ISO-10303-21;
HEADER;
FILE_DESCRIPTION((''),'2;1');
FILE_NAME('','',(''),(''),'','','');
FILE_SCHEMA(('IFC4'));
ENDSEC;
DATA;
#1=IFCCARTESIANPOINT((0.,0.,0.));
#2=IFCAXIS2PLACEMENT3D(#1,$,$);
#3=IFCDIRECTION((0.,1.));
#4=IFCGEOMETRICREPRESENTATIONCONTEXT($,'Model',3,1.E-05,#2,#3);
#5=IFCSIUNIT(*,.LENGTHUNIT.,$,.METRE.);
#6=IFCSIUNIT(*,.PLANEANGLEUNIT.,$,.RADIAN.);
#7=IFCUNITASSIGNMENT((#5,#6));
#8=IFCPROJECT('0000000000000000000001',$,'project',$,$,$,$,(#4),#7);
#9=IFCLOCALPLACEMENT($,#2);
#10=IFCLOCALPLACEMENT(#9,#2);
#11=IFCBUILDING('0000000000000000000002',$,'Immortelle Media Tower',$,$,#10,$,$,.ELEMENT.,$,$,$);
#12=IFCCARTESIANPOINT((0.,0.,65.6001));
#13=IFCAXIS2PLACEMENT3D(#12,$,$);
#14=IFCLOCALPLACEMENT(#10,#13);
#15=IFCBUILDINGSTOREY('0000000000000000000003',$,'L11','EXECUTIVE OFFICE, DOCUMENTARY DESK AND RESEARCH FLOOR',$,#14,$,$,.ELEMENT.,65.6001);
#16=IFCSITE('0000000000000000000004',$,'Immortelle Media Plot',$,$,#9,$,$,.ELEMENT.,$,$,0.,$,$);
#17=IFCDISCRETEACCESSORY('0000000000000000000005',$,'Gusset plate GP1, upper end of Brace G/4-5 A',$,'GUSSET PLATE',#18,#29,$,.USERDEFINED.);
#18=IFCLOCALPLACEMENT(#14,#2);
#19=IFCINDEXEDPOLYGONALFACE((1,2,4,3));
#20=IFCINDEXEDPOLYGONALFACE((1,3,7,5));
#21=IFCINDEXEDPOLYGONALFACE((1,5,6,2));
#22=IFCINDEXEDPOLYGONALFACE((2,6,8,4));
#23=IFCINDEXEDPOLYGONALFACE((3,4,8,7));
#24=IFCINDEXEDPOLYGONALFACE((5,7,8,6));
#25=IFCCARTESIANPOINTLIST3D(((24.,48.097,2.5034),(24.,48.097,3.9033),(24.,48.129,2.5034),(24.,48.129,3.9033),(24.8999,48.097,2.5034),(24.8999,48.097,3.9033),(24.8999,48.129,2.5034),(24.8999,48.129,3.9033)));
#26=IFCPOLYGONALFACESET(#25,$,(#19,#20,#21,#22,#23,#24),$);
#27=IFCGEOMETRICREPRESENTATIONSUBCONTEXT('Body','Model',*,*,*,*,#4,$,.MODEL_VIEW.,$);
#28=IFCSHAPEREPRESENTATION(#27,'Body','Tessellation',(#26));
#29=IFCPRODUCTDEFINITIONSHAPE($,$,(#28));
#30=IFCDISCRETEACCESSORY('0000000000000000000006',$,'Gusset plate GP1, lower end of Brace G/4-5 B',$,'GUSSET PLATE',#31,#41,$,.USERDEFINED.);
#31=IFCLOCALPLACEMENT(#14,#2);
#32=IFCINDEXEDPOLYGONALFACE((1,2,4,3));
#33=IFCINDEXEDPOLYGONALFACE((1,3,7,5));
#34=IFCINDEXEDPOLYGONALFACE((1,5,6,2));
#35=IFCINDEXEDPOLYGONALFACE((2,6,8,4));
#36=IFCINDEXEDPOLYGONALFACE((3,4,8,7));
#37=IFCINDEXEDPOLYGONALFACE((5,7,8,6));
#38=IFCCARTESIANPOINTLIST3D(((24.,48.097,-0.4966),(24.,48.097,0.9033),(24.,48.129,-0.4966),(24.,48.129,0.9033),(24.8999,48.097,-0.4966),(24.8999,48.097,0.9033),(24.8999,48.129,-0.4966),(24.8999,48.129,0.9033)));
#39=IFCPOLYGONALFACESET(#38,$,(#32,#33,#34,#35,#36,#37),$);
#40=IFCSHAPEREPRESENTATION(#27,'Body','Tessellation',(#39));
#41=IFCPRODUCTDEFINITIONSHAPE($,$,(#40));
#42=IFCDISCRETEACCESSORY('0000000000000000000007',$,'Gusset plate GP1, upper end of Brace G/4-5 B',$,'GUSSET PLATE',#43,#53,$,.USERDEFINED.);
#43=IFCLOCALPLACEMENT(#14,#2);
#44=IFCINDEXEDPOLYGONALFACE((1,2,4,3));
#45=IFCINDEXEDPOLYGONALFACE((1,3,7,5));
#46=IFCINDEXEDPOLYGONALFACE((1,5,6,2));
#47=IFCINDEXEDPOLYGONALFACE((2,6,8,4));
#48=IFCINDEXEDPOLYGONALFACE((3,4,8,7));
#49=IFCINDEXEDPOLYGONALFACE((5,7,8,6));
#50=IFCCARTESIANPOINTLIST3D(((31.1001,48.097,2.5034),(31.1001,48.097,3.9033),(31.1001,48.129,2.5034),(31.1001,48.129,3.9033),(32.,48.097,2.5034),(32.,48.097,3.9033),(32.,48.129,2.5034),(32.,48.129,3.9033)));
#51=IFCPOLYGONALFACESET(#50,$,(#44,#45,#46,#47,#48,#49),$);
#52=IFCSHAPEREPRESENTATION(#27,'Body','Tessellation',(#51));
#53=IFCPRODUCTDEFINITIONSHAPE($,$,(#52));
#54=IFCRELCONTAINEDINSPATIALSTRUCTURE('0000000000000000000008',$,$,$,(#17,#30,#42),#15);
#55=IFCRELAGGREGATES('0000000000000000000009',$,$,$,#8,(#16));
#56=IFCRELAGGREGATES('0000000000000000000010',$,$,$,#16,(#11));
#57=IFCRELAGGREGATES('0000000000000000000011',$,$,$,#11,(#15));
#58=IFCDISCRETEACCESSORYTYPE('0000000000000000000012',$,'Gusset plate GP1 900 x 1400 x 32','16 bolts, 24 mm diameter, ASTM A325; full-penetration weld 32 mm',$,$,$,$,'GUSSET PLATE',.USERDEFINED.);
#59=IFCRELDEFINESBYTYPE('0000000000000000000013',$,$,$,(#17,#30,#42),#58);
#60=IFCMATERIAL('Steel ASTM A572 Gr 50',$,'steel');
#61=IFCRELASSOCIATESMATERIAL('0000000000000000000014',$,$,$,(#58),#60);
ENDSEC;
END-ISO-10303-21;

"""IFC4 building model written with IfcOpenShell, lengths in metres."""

from ifc_helpers import new_model, si_unit, direction, frame, origin, origin_2d, place, context, subcontext, project, spatial, rectangle, extrude, material, material_profile, profile_set, type_object, element, save


model = new_model("IFC4")

# Units and contexts
model_context = context("Model", 3, precision=1e-05, world=origin(), true_north=direction((0.0, 1.0)))
body_context = subcontext(model_context, "Body", "Model", "MODEL_VIEW")
ifc_project = project(units=[si_unit("LENGTHUNIT", "METRE"), si_unit("PLANEANGLEUNIT", "RADIAN")], contexts=[model_context])

# Site, building, storey
site_placement = place(None, origin())
site = spatial("IfcSite", under=ifc_project, at=site_placement, Name="Immortelle Media Plot", CompositionType="ELEMENT", RefElevation=0.0)
building_placement = place(site_placement, origin())
building = spatial("IfcBuilding", under=site, at=building_placement, Name="Immortelle Media Tower", CompositionType="ELEMENT")
storey_placement = place(building_placement, frame((0.0, 0.0, 65.6001)))
storey = spatial("IfcBuildingStorey", under=building, at=storey_placement, Name="L11", Description="EXECUTIVE OFFICE, DOCUMENTARY DESK AND RESEARCH FLOOR", CompositionType="ELEMENT", Elevation=65.6001)

# Discrete accessories
ifc_material_1 = material(Name="Steel ASTM A572 Gr 50", Category="steel")
ifc_material_profile_1 = material_profile(ifc_material_1, rectangle(XDim=0.032, YDim=1.3999, at=origin_2d()), Name="PL 32 x 1400")
ifc_profile_set_1 = profile_set([ifc_material_profile_1], Name="Steel ASTM A572 Gr 50")
discrete_accessory_type_1 = type_object("IfcDiscreteAccessoryType", Name="Gusset plate GP1 900 x 1400 x 32", Description="16 bolts, 24 mm diameter, ASTM A325; full-penetration weld 32 mm", ElementType="GUSSET PLATE", PredefinedType="USERDEFINED", material=ifc_profile_set_1)
for number, where, z_axis, x_axis, name in (
    (1, (24.0, 48.113, 3.2034), (1.0, 0.0, 0.0), (0.0, 1.0, 0.0), "Gusset plate GP1, upper end of Brace G/4-5 A"),
    (2, (24.0, 48.113, 0.2034), (1.0, 0.0, 0.0), (0.0, 1.0, 0.0), "Gusset plate GP1, lower end of Brace G/4-5 B"),
    (3, (32.0, 48.113, 3.2034), (-1.0, 0.0, 0.0), (0.0, -1.0, 0.0), "Gusset plate GP1, upper end of Brace G/4-5 B"),
):
    element("IfcDiscreteAccessory", number, at=place(storey_placement, frame(where, z_axis=z_axis, x_axis=x_axis)), inside=storey, type_object=discrete_accessory_type_1, Name=name, ObjectType="GUSSET PLATE", PredefinedType="USERDEFINED", context=body_context, shape_type="SweptSolid", body=[
        extrude(rectangle(XDim=0.032, YDim=1.3999, at=origin_2d()), origin(), (0.0, 0.0, 1.0), 0.8999),
    ])

save(model, "model.ifc")
